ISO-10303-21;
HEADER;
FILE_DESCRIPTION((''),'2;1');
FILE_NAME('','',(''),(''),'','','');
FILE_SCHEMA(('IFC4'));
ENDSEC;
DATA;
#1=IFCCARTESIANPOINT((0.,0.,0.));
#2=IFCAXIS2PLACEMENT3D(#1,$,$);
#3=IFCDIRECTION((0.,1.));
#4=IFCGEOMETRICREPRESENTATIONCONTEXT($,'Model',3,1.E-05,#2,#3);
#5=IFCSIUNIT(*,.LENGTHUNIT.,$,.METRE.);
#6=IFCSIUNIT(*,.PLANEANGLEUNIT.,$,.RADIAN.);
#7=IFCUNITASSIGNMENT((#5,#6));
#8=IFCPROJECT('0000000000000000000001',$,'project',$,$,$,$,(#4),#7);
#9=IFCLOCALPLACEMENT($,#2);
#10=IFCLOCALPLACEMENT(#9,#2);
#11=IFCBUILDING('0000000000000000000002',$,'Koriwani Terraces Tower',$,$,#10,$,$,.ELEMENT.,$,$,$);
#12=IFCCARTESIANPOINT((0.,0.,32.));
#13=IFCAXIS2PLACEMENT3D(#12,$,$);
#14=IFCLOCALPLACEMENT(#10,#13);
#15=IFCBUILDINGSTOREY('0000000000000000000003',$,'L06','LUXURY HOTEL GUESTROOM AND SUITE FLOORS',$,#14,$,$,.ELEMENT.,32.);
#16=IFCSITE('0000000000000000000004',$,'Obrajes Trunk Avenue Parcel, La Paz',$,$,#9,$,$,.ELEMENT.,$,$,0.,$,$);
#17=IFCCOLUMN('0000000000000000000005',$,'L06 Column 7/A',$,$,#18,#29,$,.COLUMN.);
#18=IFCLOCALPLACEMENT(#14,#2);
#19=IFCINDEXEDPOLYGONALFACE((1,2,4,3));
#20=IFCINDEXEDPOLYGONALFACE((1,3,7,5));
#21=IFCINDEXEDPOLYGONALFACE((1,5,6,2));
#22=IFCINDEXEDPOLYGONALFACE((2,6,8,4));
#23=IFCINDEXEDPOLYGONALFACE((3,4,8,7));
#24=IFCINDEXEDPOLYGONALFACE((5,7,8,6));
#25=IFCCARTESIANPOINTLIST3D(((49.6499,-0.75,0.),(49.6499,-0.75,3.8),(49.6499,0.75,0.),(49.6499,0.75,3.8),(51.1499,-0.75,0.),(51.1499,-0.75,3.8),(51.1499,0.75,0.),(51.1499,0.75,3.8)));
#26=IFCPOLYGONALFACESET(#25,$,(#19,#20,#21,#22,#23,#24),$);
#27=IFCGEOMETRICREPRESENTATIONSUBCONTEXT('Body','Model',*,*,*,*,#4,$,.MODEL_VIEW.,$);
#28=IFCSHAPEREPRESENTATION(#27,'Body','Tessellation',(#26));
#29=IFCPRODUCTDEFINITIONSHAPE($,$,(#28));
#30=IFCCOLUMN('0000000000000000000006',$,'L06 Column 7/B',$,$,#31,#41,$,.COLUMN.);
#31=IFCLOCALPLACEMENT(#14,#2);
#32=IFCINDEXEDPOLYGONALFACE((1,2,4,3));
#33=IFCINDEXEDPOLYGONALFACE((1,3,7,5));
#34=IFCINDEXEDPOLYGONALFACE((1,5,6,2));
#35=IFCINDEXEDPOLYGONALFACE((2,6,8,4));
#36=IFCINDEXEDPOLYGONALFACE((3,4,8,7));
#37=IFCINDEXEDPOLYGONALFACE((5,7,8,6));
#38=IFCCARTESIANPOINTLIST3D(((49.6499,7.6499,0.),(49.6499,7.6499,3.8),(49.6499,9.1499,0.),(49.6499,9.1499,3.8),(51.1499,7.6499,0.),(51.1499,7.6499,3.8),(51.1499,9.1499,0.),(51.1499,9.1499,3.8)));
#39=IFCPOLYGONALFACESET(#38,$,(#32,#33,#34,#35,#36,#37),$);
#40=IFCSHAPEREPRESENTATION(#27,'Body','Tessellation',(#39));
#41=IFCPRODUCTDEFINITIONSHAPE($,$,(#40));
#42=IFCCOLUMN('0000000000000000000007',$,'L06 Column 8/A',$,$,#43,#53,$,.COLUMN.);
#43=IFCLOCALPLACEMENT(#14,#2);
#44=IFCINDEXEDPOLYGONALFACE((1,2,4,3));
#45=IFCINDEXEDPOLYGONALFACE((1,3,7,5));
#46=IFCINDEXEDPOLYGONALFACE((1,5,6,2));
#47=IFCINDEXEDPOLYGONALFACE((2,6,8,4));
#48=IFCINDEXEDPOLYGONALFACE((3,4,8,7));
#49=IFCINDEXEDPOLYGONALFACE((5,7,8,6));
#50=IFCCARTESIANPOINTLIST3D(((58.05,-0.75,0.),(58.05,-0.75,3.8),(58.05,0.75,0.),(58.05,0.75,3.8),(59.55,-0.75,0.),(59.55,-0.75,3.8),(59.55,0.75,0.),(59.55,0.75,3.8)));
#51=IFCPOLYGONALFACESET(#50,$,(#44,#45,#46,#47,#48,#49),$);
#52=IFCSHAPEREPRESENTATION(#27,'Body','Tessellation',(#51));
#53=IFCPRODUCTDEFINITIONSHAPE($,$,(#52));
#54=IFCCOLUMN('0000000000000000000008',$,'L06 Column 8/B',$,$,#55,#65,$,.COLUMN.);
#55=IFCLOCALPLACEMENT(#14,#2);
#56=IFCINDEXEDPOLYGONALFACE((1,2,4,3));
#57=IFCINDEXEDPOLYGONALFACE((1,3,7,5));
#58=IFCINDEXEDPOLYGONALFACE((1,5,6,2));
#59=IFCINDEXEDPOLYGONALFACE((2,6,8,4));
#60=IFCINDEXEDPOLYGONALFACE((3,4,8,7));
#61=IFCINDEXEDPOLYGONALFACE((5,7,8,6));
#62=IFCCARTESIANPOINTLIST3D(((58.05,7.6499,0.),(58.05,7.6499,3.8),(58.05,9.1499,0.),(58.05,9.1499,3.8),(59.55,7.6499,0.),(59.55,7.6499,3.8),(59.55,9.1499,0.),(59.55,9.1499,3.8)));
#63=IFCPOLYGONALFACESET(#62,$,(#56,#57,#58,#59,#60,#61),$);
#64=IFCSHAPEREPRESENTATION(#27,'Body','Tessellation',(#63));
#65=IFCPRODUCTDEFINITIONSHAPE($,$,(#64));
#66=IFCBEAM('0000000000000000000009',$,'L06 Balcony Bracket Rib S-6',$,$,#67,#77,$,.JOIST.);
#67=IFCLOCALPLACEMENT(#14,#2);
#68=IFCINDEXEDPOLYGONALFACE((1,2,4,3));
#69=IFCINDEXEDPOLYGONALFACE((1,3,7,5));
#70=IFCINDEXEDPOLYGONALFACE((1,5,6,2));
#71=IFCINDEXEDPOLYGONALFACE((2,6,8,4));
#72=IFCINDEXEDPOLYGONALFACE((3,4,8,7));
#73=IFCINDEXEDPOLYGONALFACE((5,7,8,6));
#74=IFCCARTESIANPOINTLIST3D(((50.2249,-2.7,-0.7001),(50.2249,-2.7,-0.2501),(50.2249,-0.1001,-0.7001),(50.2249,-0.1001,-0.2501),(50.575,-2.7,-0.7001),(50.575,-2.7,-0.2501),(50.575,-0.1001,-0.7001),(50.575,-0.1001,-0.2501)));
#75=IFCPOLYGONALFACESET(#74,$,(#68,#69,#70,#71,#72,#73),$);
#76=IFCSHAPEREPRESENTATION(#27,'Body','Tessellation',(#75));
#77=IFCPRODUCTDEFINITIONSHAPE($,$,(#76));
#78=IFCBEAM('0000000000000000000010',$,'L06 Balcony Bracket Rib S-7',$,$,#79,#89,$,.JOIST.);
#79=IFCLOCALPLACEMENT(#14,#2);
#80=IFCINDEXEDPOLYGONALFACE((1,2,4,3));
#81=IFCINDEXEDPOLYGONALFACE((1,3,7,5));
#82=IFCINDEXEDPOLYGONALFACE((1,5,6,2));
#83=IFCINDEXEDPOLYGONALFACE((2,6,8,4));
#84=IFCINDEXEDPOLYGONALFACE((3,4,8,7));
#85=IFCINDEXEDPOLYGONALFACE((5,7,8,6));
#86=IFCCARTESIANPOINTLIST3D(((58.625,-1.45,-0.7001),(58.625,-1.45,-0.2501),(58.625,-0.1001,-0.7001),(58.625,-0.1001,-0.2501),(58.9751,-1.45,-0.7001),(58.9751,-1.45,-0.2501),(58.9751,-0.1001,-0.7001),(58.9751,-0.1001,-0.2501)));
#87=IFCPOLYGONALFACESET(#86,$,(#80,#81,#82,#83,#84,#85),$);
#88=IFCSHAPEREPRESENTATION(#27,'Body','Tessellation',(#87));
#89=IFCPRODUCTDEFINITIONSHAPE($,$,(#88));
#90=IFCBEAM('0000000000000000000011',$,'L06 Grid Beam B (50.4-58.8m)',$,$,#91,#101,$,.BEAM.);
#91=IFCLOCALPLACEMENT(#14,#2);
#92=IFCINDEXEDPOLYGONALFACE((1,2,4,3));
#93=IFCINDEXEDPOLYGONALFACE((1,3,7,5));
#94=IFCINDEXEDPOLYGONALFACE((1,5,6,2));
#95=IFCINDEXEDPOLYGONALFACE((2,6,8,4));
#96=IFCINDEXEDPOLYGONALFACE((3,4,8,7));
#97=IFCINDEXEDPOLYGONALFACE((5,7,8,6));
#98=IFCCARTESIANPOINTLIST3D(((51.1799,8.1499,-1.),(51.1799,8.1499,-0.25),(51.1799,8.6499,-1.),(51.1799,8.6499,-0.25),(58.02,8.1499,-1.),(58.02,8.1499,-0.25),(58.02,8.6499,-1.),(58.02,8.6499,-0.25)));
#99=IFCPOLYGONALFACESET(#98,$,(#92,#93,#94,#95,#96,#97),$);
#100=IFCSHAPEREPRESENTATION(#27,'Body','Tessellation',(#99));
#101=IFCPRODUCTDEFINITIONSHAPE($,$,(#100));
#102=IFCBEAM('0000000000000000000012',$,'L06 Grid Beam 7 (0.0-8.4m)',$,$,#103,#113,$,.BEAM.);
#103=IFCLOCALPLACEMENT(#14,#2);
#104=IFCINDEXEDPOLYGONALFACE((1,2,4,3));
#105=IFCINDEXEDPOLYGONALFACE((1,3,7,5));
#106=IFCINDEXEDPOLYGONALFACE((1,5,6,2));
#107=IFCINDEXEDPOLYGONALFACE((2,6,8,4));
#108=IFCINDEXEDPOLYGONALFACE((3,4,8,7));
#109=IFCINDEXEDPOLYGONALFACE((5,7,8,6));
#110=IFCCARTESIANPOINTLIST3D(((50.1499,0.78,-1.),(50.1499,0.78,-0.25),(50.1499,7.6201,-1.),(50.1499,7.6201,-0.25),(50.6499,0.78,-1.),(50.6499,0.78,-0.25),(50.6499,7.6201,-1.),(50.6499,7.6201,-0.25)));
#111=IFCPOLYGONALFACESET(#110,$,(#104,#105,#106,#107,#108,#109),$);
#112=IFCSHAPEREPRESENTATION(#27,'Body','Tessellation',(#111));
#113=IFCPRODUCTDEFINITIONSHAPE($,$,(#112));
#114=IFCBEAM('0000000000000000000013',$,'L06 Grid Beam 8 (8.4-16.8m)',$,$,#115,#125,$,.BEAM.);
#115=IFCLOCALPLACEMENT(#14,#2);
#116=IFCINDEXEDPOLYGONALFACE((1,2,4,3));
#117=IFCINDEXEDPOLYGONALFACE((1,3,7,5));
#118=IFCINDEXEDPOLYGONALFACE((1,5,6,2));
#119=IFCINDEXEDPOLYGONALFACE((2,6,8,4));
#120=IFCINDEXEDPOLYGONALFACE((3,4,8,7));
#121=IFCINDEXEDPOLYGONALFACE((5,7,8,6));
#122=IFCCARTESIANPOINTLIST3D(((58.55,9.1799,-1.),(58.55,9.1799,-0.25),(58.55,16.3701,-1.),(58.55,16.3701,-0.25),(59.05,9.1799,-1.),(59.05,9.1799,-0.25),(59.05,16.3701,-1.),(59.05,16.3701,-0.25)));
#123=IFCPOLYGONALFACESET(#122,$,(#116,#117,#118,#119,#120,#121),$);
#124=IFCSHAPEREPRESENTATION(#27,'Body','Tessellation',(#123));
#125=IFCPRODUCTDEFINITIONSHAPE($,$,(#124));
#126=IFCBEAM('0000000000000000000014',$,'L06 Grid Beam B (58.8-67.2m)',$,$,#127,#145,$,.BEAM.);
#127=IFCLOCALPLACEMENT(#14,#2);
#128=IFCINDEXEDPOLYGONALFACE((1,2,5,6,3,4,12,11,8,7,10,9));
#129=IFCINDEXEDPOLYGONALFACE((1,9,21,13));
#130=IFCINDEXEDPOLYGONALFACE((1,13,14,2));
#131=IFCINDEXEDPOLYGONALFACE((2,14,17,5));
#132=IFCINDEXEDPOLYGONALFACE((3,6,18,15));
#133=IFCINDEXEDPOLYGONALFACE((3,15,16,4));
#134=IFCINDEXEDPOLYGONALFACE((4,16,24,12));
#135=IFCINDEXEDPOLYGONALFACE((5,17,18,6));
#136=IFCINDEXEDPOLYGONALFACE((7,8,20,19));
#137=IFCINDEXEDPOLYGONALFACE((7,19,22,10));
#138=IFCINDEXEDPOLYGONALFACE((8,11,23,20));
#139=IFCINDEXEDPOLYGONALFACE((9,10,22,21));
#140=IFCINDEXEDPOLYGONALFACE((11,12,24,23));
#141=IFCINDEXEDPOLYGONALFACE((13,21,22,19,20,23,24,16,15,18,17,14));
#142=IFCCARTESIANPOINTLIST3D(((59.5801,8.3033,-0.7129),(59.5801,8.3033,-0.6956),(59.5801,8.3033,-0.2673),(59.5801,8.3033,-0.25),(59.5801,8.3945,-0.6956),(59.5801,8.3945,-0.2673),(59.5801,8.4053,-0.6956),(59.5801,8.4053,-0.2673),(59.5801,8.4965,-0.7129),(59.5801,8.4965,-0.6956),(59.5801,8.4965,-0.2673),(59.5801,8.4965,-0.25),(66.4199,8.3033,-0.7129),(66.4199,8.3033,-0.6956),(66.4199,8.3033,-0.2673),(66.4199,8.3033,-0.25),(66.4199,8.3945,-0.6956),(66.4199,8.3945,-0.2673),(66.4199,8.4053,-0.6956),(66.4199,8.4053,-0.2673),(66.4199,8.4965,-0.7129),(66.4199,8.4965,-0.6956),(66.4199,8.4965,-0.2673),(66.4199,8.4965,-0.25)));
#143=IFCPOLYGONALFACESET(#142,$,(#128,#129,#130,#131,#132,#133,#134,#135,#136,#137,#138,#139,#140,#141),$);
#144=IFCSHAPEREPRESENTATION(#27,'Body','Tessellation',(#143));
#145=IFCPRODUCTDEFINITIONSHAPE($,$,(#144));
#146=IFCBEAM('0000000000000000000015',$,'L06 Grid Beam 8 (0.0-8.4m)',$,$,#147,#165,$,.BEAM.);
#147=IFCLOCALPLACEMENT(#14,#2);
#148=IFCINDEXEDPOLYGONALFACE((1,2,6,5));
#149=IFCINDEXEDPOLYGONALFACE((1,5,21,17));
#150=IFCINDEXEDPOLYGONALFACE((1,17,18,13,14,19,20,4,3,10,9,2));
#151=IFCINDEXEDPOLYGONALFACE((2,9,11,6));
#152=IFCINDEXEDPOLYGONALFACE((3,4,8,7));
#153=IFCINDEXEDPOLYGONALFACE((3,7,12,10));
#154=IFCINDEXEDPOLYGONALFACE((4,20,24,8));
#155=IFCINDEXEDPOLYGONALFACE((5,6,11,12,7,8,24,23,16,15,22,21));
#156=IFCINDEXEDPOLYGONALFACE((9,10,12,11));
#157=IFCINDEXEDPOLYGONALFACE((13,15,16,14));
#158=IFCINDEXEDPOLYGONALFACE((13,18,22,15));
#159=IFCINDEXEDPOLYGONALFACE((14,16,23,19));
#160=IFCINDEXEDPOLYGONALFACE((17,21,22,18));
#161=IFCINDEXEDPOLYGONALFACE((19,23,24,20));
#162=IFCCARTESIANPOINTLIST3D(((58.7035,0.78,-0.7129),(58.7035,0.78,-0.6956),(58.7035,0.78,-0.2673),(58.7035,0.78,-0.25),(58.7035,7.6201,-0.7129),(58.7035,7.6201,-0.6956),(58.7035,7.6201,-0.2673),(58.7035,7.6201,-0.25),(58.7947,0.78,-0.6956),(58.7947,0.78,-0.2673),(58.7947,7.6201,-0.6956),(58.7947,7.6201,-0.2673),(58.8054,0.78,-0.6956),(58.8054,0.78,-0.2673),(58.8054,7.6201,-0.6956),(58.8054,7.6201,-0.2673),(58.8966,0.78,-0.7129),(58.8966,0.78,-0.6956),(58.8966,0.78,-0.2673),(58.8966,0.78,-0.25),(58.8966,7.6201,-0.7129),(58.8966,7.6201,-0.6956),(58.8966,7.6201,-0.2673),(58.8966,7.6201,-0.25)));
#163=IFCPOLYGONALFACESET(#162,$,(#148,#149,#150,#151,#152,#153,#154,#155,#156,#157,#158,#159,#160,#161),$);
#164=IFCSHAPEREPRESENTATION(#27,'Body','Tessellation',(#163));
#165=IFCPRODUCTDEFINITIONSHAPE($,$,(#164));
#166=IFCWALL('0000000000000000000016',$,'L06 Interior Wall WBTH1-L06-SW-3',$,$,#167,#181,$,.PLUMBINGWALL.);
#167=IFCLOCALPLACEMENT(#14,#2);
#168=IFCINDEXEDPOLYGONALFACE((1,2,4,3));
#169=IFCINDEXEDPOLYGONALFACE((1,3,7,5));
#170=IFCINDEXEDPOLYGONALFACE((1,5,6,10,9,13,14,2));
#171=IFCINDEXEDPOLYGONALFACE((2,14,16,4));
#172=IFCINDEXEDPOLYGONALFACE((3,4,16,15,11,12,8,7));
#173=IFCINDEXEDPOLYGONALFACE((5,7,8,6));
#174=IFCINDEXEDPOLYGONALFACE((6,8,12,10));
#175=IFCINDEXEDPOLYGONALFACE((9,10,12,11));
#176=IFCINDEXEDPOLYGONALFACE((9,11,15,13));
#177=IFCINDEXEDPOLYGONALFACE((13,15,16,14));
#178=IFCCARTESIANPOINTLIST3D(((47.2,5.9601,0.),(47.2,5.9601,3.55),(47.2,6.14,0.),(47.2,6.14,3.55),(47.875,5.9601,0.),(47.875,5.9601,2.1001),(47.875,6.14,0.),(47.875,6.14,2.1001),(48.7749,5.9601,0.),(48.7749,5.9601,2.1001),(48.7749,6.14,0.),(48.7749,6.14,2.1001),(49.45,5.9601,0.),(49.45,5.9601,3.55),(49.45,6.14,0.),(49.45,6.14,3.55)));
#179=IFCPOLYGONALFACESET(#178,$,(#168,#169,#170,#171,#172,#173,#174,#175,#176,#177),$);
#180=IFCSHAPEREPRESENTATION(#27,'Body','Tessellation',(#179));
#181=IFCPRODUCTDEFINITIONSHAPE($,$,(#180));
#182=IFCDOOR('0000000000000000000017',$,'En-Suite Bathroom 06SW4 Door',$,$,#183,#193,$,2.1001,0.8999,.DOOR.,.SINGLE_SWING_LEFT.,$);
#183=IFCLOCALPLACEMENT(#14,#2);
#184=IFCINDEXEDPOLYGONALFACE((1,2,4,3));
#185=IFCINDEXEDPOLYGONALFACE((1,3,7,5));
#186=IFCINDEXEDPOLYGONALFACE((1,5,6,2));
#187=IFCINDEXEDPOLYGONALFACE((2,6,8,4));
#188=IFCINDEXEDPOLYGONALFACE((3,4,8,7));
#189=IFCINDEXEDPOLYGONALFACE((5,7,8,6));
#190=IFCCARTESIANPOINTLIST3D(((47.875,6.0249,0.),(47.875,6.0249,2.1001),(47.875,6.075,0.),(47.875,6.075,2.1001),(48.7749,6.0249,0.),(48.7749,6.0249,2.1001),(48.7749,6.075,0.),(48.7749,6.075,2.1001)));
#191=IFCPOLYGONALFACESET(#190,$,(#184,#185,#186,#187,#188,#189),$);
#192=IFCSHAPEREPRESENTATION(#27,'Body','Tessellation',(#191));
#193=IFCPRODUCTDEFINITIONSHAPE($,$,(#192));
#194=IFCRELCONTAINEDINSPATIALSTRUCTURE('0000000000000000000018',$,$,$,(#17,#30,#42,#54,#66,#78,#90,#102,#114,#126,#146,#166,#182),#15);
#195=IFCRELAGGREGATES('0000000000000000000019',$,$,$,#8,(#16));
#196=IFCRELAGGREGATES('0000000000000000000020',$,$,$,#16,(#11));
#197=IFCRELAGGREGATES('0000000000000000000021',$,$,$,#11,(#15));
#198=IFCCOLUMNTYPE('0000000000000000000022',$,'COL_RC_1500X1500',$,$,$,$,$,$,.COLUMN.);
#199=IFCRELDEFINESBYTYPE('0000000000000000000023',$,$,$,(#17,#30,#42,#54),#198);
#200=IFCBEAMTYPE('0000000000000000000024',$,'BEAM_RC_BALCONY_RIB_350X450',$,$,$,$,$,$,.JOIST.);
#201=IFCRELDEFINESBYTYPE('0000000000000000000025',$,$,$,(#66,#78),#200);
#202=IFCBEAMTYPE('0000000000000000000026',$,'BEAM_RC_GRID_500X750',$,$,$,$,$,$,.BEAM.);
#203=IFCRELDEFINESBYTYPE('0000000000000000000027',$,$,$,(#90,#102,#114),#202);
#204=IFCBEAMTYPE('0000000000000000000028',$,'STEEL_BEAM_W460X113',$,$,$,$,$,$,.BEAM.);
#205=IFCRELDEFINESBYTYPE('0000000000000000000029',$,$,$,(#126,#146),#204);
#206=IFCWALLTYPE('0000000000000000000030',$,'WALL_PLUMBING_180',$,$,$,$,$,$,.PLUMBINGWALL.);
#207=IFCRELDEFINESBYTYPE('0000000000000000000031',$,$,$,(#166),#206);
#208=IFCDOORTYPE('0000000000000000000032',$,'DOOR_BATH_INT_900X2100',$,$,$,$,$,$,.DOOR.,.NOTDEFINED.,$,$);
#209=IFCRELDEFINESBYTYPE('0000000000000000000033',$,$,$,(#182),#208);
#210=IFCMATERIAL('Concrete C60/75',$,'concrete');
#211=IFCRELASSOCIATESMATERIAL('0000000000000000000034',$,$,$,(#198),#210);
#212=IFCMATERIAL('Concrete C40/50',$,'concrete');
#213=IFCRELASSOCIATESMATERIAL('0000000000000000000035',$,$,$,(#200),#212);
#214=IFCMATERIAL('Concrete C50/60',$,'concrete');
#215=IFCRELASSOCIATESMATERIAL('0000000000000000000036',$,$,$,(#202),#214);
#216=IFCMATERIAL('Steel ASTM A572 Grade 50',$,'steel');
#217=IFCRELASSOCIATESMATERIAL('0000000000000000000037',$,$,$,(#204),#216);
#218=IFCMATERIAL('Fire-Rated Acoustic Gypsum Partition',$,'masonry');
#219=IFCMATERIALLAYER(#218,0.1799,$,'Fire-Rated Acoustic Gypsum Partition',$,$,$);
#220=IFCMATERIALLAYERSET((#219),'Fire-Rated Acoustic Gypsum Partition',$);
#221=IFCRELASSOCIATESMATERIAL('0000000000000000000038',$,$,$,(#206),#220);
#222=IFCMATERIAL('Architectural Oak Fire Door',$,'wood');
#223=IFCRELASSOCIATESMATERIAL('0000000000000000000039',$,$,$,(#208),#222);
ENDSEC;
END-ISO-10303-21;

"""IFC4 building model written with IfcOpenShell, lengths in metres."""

from ifc_helpers import new_model, si_unit, direction, frame, frame_2d, origin, origin_2d, place, context, subcontext, project, spatial, rectangle, i_section, extrude, material, layer, layer_set, material_profile, profile_set, type_object, element, fill, save


model = new_model("IFC4")

# Units and contexts
model_context = context("Model", 3, precision=1e-05, world=origin(), true_north=direction((0.0, 1.0)))
body_context = subcontext(model_context, "Body", "Model", "MODEL_VIEW")
ifc_project = project(units=[si_unit("LENGTHUNIT", "METRE"), si_unit("PLANEANGLEUNIT", "RADIAN")], contexts=[model_context])

# Site, building, storey
site_placement = place(None, origin())
site = spatial("IfcSite", under=ifc_project, at=site_placement, Name="Obrajes Trunk Avenue Parcel, La Paz", CompositionType="ELEMENT", RefElevation=0.0)
building_placement = place(site_placement, origin())
building = spatial("IfcBuilding", under=site, at=building_placement, Name="Koriwani Terraces Tower", CompositionType="ELEMENT")
storey_placement = place(building_placement, frame((0.0, 0.0, 32.0)))
storey = spatial("IfcBuildingStorey", under=building, at=storey_placement, Name="L06", Description="LUXURY HOTEL GUESTROOM AND SUITE FLOORS", CompositionType="ELEMENT", Elevation=32.0)

# Columns
ifc_material_1 = material(Name="Concrete C60/75", Category="concrete")
ifc_material_profile_1 = material_profile(ifc_material_1, rectangle(XDim=1.5, YDim=1.5, at=origin_2d()), Name="Concrete C60/75", Category="LoadBearing")
ifc_profile_set_1 = profile_set([ifc_material_profile_1], Name="Concrete C60/75")
column_type = type_object("IfcColumnType", Name="COL_RC_1500X1500", PredefinedType="COLUMN", material=ifc_profile_set_1)
for number, where, z_axis, x_axis, name in (
    (1, (50.3999, 0.0, 0.0), (0.0, 0.0, 1.0), (1.0, 0.0, 0.0), "L06 Column 7/A"),
    (2, (50.3999, 8.3999, 0.0), (0.0, 0.0, 1.0), (1.0, 0.0, 0.0), "L06 Column 7/B"),
    (3, (58.8, 0.0, 0.0), (0.0, 0.0, 1.0), (1.0, 0.0, 0.0), "L06 Column 8/A"),
    (4, (58.8, 8.3999, 0.0), (0.0, 0.0, 1.0), (1.0, 0.0, 0.0), "L06 Column 8/B"),
):
    element("IfcColumn", number, at=place(storey_placement, frame(where, z_axis=z_axis, x_axis=x_axis)), inside=storey, type_object=column_type, Name=name, PredefinedType="COLUMN", context=body_context, shape_type="SweptSolid", body=[
        extrude(rectangle(XDim=1.5, YDim=1.5, at=origin_2d()), origin(), (0.0, 0.0, 1.0), 3.8),
    ])

# Beams
ifc_material_2 = material(Name="Concrete C40/50", Category="concrete")
ifc_material_profile_2 = material_profile(ifc_material_2, rectangle(XDim=0.3501, YDim=0.45, at=origin_2d()), Name="Concrete C40/50", Category="LoadBearing")
ifc_profile_set_2 = profile_set([ifc_material_profile_2], Name="Concrete C40/50")
beam_type_1 = type_object("IfcBeamType", Name="BEAM_RC_BALCONY_RIB_350X450", PredefinedType="JOIST", material=ifc_profile_set_2)
beam_1_placement = place(storey_placement, frame((50.3999, -2.7, -0.4751), z_axis=(0.0, 1.0, 0.0), x_axis=(-1.0, 0.0, 0.0)))
element("IfcBeam", 5, at=beam_1_placement, inside=storey, type_object=beam_type_1, Name="L06 Balcony Bracket Rib S-6", PredefinedType="JOIST", context=body_context, shape_type="SweptSolid", body=[
    extrude(rectangle(XDim=0.3501, YDim=0.45, at=origin_2d()), origin(), (0.0, 0.0, 1.0), 2.5999),
])
beam_2_placement = place(storey_placement, frame((58.8, -1.45, -0.4751), z_axis=(0.0, 1.0, 0.0), x_axis=(-1.0, 0.0, 0.0)))
element("IfcBeam", 6, at=beam_2_placement, inside=storey, type_object=beam_type_1, Name="L06 Balcony Bracket Rib S-7", PredefinedType="JOIST", context=body_context, shape_type="SweptSolid", body=[
    extrude(rectangle(XDim=0.3501, YDim=0.45, at=origin_2d()), origin(), (0.0, 0.0, 1.0), 1.3499),
])
ifc_material_3 = material(Name="Concrete C50/60", Category="concrete")
ifc_material_profile_3 = material_profile(ifc_material_3, rectangle(XDim=0.5, YDim=0.75, at=origin_2d()), Name="Concrete C50/60", Category="LoadBearing")
ifc_profile_set_3 = profile_set([ifc_material_profile_3], Name="Concrete C50/60")
beam_type_2 = type_object("IfcBeamType", Name="BEAM_RC_GRID_500X750", PredefinedType="BEAM", material=ifc_profile_set_3)
for number, where, z_axis, x_axis, name in (
    (7, (51.1799, 8.3999, -0.625), (1.0, 0.0, 0.0), (0.0, 1.0, 0.0), "L06 Grid Beam B (50.4-58.8m)"),
    (8, (50.3999, 0.78, -0.625), (0.0, 1.0, 0.0), (-1.0, 0.0, 0.0), "L06 Grid Beam 7 (0.0-8.4m)"),
):
    element("IfcBeam", number, at=place(storey_placement, frame(where, z_axis=z_axis, x_axis=x_axis)), inside=storey, type_object=beam_type_2, Name=name, PredefinedType="BEAM", context=body_context, shape_type="SweptSolid", body=[
        extrude(rectangle(XDim=0.5, YDim=0.75, at=origin_2d()), origin(), (0.0, 0.0, 1.0), 6.8401),
    ])
beam_3_placement = place(storey_placement, frame((58.8, 9.1799, -0.625), z_axis=(0.0, 1.0, 0.0), x_axis=(-1.0, 0.0, 0.0)))
element("IfcBeam", 9, at=beam_3_placement, inside=storey, type_object=beam_type_2, Name="L06 Grid Beam 8 (8.4-16.8m)", PredefinedType="BEAM", context=body_context, shape_type="SweptSolid", body=[
    extrude(rectangle(XDim=0.5, YDim=0.75, at=origin_2d()), origin(), (0.0, 0.0, 1.0), 7.1902),
])
ifc_material_4 = material(Name="Steel ASTM A572 Grade 50", Category="steel")
ifc_material_profile_4 = material_profile(ifc_material_4, i_section(OverallWidth=0.1931, OverallDepth=0.4629, WebThickness=0.0107, FlangeThickness=0.0173, at=origin_2d()), Name="Steel ASTM A572 Grade 50", Category="LoadBearing")
ifc_profile_set_4 = profile_set([ifc_material_profile_4], Name="Steel ASTM A572 Grade 50")
beam_type_3 = type_object("IfcBeamType", Name="STEEL_BEAM_W460X113", PredefinedType="BEAM", material=ifc_profile_set_4)
beam_4_placement = place(storey_placement, frame((59.5801, 8.3999, -0.4814), z_axis=(1.0, 0.0, 0.0), x_axis=(0.0, 1.0, 0.0)))
element("IfcBeam", 10, at=beam_4_placement, inside=storey, type_object=beam_type_3, Name="L06 Grid Beam B (58.8-67.2m)", PredefinedType="BEAM", context=body_context, shape_type="SweptSolid", body=[
    extrude(i_section(OverallWidth=0.1931, OverallDepth=0.4629, WebThickness=0.0107, FlangeThickness=0.0173, at=origin_2d()), origin(), (0.0, 0.0, 1.0), 6.8398),
])
beam_5_placement = place(storey_placement, frame((58.8, 0.78, -0.4814), z_axis=(0.0, 1.0, 0.0), x_axis=(-1.0, 0.0, 0.0)))
element("IfcBeam", 11, at=beam_5_placement, inside=storey, type_object=beam_type_3, Name="L06 Grid Beam 8 (0.0-8.4m)", PredefinedType="BEAM", context=body_context, shape_type="SweptSolid", body=[
    extrude(i_section(OverallWidth=0.1931, OverallDepth=0.4629, WebThickness=0.0107, FlangeThickness=0.0173, at=origin_2d()), origin(), (0.0, 0.0, 1.0), 6.8401),
])

# Wall, opening, door
ifc_material_5 = material(Name="Fire-Rated Acoustic Gypsum Partition", Category="masonry")
ifc_layer_1 = layer(ifc_material_5, 0.1799, Name="Fire-Rated Acoustic Gypsum Partition")
ifc_layer_set_1 = layer_set([ifc_layer_1], Name="Fire-Rated Acoustic Gypsum Partition")
wall_type_1 = type_object("IfcWallType", Name="WALL_PLUMBING_180", PredefinedType="PLUMBINGWALL", material=ifc_layer_set_1)
wall_1_placement = place(storey_placement, frame((47.2, 6.05, 0.0), z_axis=(0.0, 0.0, 1.0), x_axis=(1.0, 0.0, 0.0)))
wall_1 = element("IfcWall", 12, at=wall_1_placement, inside=storey, type_object=wall_type_1, Name="L06 Interior Wall WBTH1-L06-SW-3", PredefinedType="PLUMBINGWALL", context=body_context, shape_type="SweptSolid", body=[
    extrude(rectangle(XDim=2.25, YDim=0.1799, at=frame_2d((1.125, 0.0))), origin(), (0.0, 0.0, 1.0), 3.55),
])
opening_1_placement = place(wall_1_placement, frame((0.675, 0.0, 0.0)))
opening_1 = element("IfcOpeningElement", 13, at=opening_1_placement, cuts=wall_1, PredefinedType="OPENING", context=body_context, shape_type="SweptSolid", body=[
    extrude(rectangle(XDim=0.8999, YDim=2.1001, at=frame_2d((0.45, 1.05))), frame((0.0, 0.1001, 0.0), z_axis=(0.0, -1.0, 0.0), x_axis=(1.0, 0.0, 0.0)), (0.0, 0.0, 1.0), 0.2),
])
ifc_material_6 = material(Name="Architectural Oak Fire Door", Category="wood")
door_type = type_object("IfcDoorType", Name="DOOR_BATH_INT_900X2100", OperationType="NOTDEFINED", PredefinedType="DOOR", material=ifc_material_6)
door_1_placement = place(opening_1_placement, origin())
door_1 = element("IfcDoor", 14, at=door_1_placement, inside=storey, type_object=door_type, Name="En-Suite Bathroom 06SW4 Door", OperationType="SINGLE_SWING_LEFT", OverallHeight=2.1001, OverallWidth=0.8999, PredefinedType="DOOR", context=body_context, shape_type="SweptSolid", body=[
    extrude(rectangle(XDim=0.8999, YDim=2.1001, at=frame_2d((0.45, 1.05))), frame((0.0, 0.0249, 0.0), z_axis=(0.0, -1.0, 0.0), x_axis=(1.0, 0.0, 0.0)), (0.0, 0.0, 1.0), 0.05),
])
fill(opening_1, door_1)

save(model, "model.ifc")
